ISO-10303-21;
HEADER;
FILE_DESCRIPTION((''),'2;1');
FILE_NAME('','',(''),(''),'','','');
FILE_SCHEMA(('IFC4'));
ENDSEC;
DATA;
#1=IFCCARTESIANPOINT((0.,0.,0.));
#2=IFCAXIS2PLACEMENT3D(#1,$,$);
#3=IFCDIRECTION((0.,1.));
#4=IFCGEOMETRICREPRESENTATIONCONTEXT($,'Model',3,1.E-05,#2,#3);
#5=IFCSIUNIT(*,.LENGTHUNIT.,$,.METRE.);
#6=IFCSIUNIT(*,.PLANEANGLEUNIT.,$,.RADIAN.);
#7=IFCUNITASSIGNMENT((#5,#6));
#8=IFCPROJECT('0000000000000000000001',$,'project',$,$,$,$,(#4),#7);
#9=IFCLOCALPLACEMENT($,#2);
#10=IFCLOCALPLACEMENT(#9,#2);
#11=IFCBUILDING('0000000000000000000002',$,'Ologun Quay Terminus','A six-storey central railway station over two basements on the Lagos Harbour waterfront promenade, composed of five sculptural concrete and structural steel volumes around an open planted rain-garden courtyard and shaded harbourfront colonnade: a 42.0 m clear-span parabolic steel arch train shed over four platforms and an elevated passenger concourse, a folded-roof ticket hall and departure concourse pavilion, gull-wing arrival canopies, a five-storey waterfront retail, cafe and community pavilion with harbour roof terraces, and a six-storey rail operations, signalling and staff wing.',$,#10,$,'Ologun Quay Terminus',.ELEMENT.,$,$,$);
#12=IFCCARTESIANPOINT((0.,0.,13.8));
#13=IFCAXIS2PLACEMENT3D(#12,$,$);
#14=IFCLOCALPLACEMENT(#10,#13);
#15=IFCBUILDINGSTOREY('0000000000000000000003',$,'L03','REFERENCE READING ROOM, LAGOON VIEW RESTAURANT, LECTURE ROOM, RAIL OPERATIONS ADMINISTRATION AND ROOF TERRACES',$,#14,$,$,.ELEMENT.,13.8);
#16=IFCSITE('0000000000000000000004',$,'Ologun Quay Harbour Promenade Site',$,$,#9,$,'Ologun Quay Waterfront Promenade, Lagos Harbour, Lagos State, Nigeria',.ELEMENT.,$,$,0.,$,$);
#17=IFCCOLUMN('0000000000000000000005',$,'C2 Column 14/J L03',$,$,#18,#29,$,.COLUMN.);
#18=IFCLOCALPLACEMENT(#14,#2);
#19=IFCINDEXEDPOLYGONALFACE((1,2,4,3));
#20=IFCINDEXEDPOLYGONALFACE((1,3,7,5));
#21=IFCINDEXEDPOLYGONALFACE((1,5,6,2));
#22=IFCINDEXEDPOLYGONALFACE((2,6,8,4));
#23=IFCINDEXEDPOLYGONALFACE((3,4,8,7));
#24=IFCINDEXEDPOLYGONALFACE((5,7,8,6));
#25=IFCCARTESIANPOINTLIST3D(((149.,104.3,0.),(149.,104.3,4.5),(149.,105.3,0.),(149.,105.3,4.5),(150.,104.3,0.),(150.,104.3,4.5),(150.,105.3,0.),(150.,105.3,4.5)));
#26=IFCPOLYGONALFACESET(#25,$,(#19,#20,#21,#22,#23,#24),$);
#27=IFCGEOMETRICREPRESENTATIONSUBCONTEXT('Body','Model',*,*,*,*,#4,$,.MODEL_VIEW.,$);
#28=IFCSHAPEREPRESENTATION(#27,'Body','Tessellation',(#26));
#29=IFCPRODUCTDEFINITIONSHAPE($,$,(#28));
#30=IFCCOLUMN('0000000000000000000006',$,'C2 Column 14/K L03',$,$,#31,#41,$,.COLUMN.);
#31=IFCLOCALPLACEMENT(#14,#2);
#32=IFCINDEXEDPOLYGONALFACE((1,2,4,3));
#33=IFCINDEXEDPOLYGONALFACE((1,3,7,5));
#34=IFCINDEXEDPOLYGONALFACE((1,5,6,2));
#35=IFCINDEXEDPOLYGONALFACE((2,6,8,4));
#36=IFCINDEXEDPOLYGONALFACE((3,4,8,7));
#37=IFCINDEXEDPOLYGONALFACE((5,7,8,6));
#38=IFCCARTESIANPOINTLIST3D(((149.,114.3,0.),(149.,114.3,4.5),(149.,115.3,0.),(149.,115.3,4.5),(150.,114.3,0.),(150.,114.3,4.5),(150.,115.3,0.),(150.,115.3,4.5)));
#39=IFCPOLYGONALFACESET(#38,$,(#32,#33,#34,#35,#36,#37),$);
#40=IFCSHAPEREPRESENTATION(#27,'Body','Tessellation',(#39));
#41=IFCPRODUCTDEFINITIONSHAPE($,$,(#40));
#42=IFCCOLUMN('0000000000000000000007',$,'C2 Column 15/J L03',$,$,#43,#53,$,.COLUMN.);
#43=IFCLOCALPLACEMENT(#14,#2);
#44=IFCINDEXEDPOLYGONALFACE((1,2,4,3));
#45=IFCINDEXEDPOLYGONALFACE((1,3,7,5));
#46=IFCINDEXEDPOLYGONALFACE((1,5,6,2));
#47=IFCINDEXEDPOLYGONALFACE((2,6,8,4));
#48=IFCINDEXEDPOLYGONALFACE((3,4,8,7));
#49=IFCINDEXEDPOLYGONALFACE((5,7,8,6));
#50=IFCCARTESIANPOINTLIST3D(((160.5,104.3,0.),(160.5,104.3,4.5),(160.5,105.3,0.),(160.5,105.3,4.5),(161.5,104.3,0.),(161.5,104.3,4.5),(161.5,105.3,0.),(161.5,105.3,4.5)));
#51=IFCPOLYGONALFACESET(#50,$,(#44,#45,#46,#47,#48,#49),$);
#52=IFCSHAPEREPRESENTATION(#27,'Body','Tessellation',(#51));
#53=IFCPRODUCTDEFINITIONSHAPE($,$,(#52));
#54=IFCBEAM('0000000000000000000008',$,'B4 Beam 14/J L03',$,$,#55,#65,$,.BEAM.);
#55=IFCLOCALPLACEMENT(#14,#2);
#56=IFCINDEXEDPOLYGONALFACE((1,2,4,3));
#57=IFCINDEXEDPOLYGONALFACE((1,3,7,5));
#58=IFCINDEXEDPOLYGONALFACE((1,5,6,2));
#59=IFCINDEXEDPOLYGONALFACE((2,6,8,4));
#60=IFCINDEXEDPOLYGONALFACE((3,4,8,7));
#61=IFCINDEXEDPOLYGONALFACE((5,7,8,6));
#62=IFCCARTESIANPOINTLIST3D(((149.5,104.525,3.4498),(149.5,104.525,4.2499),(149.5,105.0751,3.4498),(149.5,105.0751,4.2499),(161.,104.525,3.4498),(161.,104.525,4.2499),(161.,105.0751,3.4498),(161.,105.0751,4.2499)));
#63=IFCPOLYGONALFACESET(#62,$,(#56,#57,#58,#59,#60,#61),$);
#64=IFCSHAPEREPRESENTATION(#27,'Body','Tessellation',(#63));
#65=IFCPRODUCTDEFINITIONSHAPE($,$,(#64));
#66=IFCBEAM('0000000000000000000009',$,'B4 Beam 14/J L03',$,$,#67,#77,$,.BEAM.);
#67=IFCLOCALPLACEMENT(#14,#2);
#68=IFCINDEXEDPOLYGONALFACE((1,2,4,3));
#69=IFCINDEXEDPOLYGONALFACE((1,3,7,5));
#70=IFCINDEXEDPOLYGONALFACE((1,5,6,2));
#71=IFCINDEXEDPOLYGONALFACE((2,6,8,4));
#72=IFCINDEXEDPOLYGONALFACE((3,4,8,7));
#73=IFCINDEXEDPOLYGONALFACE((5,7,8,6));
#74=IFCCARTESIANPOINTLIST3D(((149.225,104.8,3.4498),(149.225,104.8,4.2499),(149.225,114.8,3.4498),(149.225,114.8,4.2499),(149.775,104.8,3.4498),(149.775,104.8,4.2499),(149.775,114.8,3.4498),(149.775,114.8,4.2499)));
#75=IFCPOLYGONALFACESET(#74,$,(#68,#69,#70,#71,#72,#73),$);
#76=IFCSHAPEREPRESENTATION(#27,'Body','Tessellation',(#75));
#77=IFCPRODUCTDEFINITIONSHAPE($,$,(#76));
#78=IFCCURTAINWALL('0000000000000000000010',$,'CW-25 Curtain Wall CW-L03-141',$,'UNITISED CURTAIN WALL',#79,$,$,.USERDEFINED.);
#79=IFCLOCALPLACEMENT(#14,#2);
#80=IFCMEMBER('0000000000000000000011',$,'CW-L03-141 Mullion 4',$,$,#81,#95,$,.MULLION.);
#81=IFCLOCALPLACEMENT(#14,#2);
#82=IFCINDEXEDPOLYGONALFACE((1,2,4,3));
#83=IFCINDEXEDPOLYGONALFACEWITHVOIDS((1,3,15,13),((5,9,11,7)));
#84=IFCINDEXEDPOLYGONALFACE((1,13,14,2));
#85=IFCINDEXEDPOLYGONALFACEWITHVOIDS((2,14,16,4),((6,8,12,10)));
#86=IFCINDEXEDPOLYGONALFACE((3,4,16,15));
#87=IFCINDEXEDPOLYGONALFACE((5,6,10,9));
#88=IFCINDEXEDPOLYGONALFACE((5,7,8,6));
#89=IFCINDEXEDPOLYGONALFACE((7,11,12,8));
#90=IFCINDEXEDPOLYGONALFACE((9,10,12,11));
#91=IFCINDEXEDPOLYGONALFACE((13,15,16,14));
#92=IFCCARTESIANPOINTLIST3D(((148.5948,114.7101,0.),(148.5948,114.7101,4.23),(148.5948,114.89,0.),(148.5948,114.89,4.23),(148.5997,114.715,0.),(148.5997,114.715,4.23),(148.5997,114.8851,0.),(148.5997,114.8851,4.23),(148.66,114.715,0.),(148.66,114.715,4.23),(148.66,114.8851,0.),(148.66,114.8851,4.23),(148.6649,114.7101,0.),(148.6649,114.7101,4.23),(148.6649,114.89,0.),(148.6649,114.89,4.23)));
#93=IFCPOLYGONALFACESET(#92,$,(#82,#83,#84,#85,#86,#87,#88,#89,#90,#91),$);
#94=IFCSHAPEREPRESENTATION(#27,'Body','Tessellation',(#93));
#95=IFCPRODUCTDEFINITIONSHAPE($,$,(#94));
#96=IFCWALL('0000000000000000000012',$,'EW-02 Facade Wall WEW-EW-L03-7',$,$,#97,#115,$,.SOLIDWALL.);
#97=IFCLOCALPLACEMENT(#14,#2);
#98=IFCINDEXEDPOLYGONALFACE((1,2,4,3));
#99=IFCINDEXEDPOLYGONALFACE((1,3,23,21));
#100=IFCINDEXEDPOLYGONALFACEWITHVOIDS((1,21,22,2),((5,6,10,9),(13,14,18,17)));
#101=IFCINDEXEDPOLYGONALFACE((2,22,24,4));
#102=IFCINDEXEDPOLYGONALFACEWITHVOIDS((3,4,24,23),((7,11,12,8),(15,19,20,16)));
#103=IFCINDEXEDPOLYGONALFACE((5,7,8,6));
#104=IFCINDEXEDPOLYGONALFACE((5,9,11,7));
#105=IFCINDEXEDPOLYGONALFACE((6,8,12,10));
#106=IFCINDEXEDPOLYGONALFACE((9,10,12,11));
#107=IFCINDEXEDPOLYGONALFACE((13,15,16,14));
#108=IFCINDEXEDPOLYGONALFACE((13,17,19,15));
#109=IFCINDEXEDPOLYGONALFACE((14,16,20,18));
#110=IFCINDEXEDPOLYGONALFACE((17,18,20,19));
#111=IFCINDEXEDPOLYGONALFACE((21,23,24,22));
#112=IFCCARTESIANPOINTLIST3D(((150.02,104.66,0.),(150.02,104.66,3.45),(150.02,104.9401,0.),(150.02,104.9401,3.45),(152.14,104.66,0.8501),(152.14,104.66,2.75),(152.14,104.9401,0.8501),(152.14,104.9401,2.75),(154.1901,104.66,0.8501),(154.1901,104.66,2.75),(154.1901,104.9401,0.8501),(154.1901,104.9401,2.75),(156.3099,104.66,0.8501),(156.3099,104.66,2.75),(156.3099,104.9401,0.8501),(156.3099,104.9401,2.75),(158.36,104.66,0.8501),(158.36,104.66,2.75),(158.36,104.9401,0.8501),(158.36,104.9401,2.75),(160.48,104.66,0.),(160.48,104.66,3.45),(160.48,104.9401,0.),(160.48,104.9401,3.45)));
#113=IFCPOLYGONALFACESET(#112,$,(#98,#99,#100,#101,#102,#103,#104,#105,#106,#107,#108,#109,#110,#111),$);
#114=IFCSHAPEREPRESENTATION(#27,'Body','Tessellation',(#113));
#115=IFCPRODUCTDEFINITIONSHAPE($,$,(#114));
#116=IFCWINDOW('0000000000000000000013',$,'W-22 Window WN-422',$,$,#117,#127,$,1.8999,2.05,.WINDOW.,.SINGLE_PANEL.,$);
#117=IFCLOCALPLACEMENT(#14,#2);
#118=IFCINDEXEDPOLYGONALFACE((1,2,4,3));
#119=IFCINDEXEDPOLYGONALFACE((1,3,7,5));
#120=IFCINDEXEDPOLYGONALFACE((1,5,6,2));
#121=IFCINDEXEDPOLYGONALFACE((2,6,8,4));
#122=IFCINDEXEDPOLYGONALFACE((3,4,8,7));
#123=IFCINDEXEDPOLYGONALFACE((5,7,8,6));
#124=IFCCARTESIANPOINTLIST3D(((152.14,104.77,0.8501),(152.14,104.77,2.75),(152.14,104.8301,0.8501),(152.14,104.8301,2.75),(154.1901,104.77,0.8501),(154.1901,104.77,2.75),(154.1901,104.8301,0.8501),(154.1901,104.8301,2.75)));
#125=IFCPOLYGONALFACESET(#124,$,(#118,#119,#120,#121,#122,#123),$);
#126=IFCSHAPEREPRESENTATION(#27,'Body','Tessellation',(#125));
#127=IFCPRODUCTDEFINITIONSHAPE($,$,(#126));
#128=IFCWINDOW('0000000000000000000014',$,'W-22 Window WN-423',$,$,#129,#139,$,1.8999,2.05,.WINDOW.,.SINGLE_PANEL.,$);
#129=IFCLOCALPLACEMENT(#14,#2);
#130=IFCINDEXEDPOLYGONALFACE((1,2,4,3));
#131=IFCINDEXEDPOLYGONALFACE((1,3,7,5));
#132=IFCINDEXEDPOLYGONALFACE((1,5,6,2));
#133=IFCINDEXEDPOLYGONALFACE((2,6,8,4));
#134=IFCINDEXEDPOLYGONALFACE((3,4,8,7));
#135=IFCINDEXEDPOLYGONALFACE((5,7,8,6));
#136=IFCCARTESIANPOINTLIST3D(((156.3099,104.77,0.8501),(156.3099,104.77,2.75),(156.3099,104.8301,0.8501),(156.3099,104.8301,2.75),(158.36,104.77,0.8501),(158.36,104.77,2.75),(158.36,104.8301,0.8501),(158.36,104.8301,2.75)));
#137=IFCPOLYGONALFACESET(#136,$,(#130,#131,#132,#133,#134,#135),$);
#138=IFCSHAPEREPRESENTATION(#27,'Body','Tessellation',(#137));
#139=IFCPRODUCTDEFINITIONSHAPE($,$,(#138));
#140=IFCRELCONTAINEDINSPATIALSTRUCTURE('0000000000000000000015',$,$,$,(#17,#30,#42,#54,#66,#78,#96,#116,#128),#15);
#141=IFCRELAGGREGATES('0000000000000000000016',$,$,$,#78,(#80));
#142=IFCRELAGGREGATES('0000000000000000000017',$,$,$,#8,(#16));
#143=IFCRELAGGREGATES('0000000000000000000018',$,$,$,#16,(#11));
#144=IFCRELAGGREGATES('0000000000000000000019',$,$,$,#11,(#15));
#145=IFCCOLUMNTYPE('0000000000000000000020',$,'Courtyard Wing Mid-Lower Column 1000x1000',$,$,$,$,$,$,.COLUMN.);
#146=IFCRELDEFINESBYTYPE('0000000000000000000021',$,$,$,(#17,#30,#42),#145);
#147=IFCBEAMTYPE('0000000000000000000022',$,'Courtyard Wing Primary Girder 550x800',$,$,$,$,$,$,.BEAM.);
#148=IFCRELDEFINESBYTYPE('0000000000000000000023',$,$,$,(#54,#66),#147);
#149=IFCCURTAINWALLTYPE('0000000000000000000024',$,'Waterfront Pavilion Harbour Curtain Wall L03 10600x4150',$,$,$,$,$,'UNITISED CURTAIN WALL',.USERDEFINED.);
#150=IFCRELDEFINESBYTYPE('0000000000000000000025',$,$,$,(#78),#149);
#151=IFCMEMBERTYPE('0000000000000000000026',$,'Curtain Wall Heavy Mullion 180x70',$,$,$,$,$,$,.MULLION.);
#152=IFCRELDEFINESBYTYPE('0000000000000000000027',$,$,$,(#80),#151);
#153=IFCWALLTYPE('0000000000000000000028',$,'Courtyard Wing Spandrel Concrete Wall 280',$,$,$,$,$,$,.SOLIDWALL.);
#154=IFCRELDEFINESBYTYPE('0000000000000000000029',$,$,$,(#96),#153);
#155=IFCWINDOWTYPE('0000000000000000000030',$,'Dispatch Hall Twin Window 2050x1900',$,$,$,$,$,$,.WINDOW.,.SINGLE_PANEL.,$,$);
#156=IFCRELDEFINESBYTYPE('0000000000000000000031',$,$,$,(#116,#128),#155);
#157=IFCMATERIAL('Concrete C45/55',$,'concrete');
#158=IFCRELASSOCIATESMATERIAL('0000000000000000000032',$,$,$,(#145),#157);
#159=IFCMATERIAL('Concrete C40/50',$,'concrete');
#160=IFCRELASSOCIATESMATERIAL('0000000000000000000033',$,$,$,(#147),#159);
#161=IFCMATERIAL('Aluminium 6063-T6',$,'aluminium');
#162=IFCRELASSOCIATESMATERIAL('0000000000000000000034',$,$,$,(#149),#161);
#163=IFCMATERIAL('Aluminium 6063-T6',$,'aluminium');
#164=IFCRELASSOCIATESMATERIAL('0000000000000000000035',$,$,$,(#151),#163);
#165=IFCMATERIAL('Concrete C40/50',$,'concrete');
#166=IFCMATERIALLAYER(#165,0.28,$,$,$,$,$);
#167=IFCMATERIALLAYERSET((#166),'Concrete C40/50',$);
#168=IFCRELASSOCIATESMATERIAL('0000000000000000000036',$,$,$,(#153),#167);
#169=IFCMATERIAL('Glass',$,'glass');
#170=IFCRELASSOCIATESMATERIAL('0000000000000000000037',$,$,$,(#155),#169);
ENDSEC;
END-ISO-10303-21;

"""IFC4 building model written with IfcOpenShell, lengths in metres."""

from ifc_helpers import new_model, si_unit, direction, frame, frame_2d, origin, origin_2d, place, context, subcontext, project, spatial, rectangle, hollow_rectangle, extrude, material, layer, layer_set, material_profile, profile_set, type_object, element, fill, aggregate, save


model = new_model("IFC4")

# Units and contexts
model_context = context("Model", 3, precision=1e-05, world=origin(), true_north=direction((0.0, 1.0)))
body_context = subcontext(model_context, "Body", "Model", "MODEL_VIEW")
ifc_project = project(units=[si_unit("LENGTHUNIT", "METRE"), si_unit("PLANEANGLEUNIT", "RADIAN")], contexts=[model_context])

# Site, building, storey
site_placement = place(None, origin())
site = spatial("IfcSite", under=ifc_project, at=site_placement, Name="Ologun Quay Harbour Promenade Site", LongName="Ologun Quay Waterfront Promenade, Lagos Harbour, Lagos State, Nigeria", CompositionType="ELEMENT", RefElevation=0.0)
building_placement = place(site_placement, origin())
building = spatial("IfcBuilding", under=site, at=building_placement, Name="Ologun Quay Terminus", Description="A six-storey central railway station over two basements on the Lagos Harbour waterfront promenade, composed of five sculptural concrete and structural steel volumes around an open planted rain-garden courtyard and shaded harbourfront colonnade: a 42.0 m clear-span parabolic steel arch train shed over four platforms and an elevated passenger concourse, a folded-roof ticket hall and departure concourse pavilion, gull-wing arrival canopies, a five-storey waterfront retail, cafe and community pavilion with harbour roof terraces, and a six-storey rail operations, signalling and staff wing.", LongName="Ologun Quay Terminus", CompositionType="ELEMENT")
storey_placement = place(building_placement, frame((0.0, 0.0, 13.8)))
storey = spatial("IfcBuildingStorey", under=building, at=storey_placement, Name="L03", Description="REFERENCE READING ROOM, LAGOON VIEW RESTAURANT, LECTURE ROOM, RAIL OPERATIONS ADMINISTRATION AND ROOF TERRACES", CompositionType="ELEMENT", Elevation=13.8)

# Columns
ifc_material_1 = material(Name="Concrete C45/55", Category="concrete")
ifc_material_profile_1 = material_profile(ifc_material_1, rectangle(XDim=1.0, YDim=1.0, at=origin_2d()), Name="RC 1000x1000")
ifc_profile_set_1 = profile_set([ifc_material_profile_1], Name="Concrete C45/55")
column_type = type_object("IfcColumnType", Name="Courtyard Wing Mid-Lower Column 1000x1000", PredefinedType="COLUMN", material=ifc_profile_set_1)
for number, where, z_axis, x_axis, name in (
    (1, (149.5, 104.8, 0.0), (0.0, 0.0, 1.0), (1.0, 0.0, 0.0), "C2 Column 14/J L03"),
    (2, (149.5, 114.8, 0.0), (0.0, 0.0, 1.0), (1.0, 0.0, 0.0), "C2 Column 14/K L03"),
    (3, (161.0, 104.8, 0.0), (0.0, 0.0, 1.0), (1.0, 0.0, 0.0), "C2 Column 15/J L03"),
):
    element("IfcColumn", number, at=place(storey_placement, frame(where, z_axis=z_axis, x_axis=x_axis)), inside=storey, type_object=column_type, Name=name, PredefinedType="COLUMN", context=body_context, shape_type="SweptSolid", body=[
        extrude(rectangle(XDim=1.0, YDim=1.0, at=origin_2d()), origin(), (0.0, 0.0, 1.0), 4.5),
    ])

# Beams
ifc_material_2 = material(Name="Concrete C40/50", Category="concrete")
ifc_material_profile_2 = material_profile(ifc_material_2, rectangle(XDim=0.55, YDim=0.8, at=origin_2d()), Name="RC 550x800")
ifc_profile_set_2 = profile_set([ifc_material_profile_2], Name="Concrete C40/50")
beam_type = type_object("IfcBeamType", Name="Courtyard Wing Primary Girder 550x800", PredefinedType="BEAM", material=ifc_profile_set_2)
beam_1_placement = place(storey_placement, frame((149.5, 104.8, 3.8499), z_axis=(1.0, 0.0, 0.0), x_axis=(0.0, 1.0, 0.0)))
element("IfcBeam", 4, at=beam_1_placement, inside=storey, type_object=beam_type, Name="B4 Beam 14/J L03", PredefinedType="BEAM", context=body_context, shape_type="SweptSolid", body=[
    extrude(rectangle(XDim=0.55, YDim=0.8, at=origin_2d()), origin(), (0.0, 0.0, 1.0), 11.5),
])
beam_2_placement = place(storey_placement, frame((149.5, 104.8, 3.8499), z_axis=(0.0, 1.0, 0.0), x_axis=(-1.0, 0.0, 0.0)))
element("IfcBeam", 5, at=beam_2_placement, inside=storey, type_object=beam_type, Name="B4 Beam 14/J L03", PredefinedType="BEAM", context=body_context, shape_type="SweptSolid", body=[
    extrude(rectangle(XDim=0.55, YDim=0.8, at=origin_2d()), origin(), (0.0, 0.0, 1.0), 10.0),
])

# Curtain wall, member
ifc_material_3 = material(Name="Aluminium 6063-T6", Category="aluminium")
curtain_wall_type = type_object("IfcCurtainWallType", Name="Waterfront Pavilion Harbour Curtain Wall L03 10600x4150", ElementType="UNITISED CURTAIN WALL", PredefinedType="USERDEFINED", material=ifc_material_3)
curtain_wall_placement = place(storey_placement, origin())
curtain_wall = element("IfcCurtainWall", 6, at=curtain_wall_placement, inside=storey, type_object=curtain_wall_type, Name="CW-25 Curtain Wall CW-L03-141", ObjectType="UNITISED CURTAIN WALL", PredefinedType="USERDEFINED")
ifc_material_4 = material(Name="Aluminium 6063-T6", Category="aluminium")
ifc_material_profile_3 = material_profile(ifc_material_4, hollow_rectangle(XDim=0.0701, YDim=0.1799, WallThickness=0.0049, at=origin_2d()), Name="ALU 180x70x5")
ifc_profile_set_3 = profile_set([ifc_material_profile_3], Name="Aluminium 6063-T6")
member_type = type_object("IfcMemberType", Name="Curtain Wall Heavy Mullion 180x70", PredefinedType="MULLION", material=ifc_profile_set_3)
member_placement = place(storey_placement, frame((148.6299, 114.8, 0.0), z_axis=(0.0, 0.0, 1.0), x_axis=(1.0, 0.0, 0.0)))
member = element("IfcMember", 7, at=member_placement, type_object=member_type, Name="CW-L03-141 Mullion 4", PredefinedType="MULLION", context=body_context, shape_type="SweptSolid", body=[
    extrude(hollow_rectangle(XDim=0.0701, YDim=0.1799, WallThickness=0.0049, at=origin_2d()), origin(), (0.0, 0.0, 1.0), 4.23),
])
aggregate(curtain_wall, [member])

# Wall, openings, windows
ifc_material_5 = material(Name="Concrete C40/50", Category="concrete")
ifc_layer_1 = layer(ifc_material_5, 0.28)
ifc_layer_set_1 = layer_set([ifc_layer_1], Name="Concrete C40/50")
wall_type_1 = type_object("IfcWallType", Name="Courtyard Wing Spandrel Concrete Wall 280", PredefinedType="SOLIDWALL", material=ifc_layer_set_1)
wall_1_placement = place(storey_placement, frame((150.02, 104.8, 0.0), z_axis=(0.0, 0.0, 1.0), x_axis=(1.0, 0.0, 0.0)))
wall_1 = element("IfcWall", 8, at=wall_1_placement, inside=storey, type_object=wall_type_1, Name="EW-02 Facade Wall WEW-EW-L03-7", PredefinedType="SOLIDWALL", context=body_context, shape_type="SweptSolid", body=[
    extrude(rectangle(XDim=10.46, YDim=0.28, at=frame_2d((5.23, 0.0))), origin(), (0.0, 0.0, 1.0), 3.45),
])
opening_1_placement = place(wall_1_placement, frame((2.1201, 0.0, 0.8501)))
opening_1 = element("IfcOpeningElement", 9, at=opening_1_placement, cuts=wall_1, PredefinedType="OPENING", context=body_context, shape_type="SweptSolid", body=[
    extrude(rectangle(XDim=2.05, YDim=1.8999, at=frame_2d((1.0249, 0.95))), frame((0.0, 0.1499, 0.0), z_axis=(0.0, -1.0, 0.0), x_axis=(1.0, 0.0, 0.0)), (0.0, 0.0, 1.0), 0.3),
])
opening_2_placement = place(wall_1_placement, frame((6.29, 0.0, 0.8501)))
opening_2 = element("IfcOpeningElement", 10, at=opening_2_placement, cuts=wall_1, PredefinedType="OPENING", context=body_context, shape_type="SweptSolid", body=[
    extrude(rectangle(XDim=2.05, YDim=1.8999, at=frame_2d((1.0249, 0.95))), frame((0.0, 0.1499, 0.0), z_axis=(0.0, -1.0, 0.0), x_axis=(1.0, 0.0, 0.0)), (0.0, 0.0, 1.0), 0.3),
])
ifc_material_6 = material(Name="Glass", Category="glass")
window_type_1 = type_object("IfcWindowType", Name="Dispatch Hall Twin Window 2050x1900", PartitioningType="SINGLE_PANEL", PredefinedType="WINDOW", material=ifc_material_6)
window_1_placement = place(opening_1_placement, origin())
window_1 = element("IfcWindow", 11, at=window_1_placement, inside=storey, type_object=window_type_1, Name="W-22 Window WN-422", OverallHeight=1.8999, OverallWidth=2.05, PartitioningType="SINGLE_PANEL", PredefinedType="WINDOW", context=body_context, shape_type="SweptSolid", body=[
    extrude(rectangle(XDim=2.05, YDim=1.8999, at=frame_2d((1.0249, 0.95))), frame((0.0, 0.03, 0.0), z_axis=(0.0, -1.0, 0.0), x_axis=(1.0, 0.0, 0.0)), (0.0, 0.0, 1.0), 0.0601),
])
fill(opening_1, window_1)
window_2_placement = place(opening_2_placement, origin())
window_2 = element("IfcWindow", 12, at=window_2_placement, inside=storey, type_object=window_type_1, Name="W-22 Window WN-423", OverallHeight=1.8999, OverallWidth=2.05, PartitioningType="SINGLE_PANEL", PredefinedType="WINDOW", context=body_context, shape_type="SweptSolid", body=[
    extrude(rectangle(XDim=2.05, YDim=1.8999, at=frame_2d((1.0249, 0.95))), frame((0.0, 0.03, 0.0), z_axis=(0.0, -1.0, 0.0), x_axis=(1.0, 0.0, 0.0)), (0.0, 0.0, 1.0), 0.0601),
])
fill(opening_2, window_2)

save(model, "model.ifc")
